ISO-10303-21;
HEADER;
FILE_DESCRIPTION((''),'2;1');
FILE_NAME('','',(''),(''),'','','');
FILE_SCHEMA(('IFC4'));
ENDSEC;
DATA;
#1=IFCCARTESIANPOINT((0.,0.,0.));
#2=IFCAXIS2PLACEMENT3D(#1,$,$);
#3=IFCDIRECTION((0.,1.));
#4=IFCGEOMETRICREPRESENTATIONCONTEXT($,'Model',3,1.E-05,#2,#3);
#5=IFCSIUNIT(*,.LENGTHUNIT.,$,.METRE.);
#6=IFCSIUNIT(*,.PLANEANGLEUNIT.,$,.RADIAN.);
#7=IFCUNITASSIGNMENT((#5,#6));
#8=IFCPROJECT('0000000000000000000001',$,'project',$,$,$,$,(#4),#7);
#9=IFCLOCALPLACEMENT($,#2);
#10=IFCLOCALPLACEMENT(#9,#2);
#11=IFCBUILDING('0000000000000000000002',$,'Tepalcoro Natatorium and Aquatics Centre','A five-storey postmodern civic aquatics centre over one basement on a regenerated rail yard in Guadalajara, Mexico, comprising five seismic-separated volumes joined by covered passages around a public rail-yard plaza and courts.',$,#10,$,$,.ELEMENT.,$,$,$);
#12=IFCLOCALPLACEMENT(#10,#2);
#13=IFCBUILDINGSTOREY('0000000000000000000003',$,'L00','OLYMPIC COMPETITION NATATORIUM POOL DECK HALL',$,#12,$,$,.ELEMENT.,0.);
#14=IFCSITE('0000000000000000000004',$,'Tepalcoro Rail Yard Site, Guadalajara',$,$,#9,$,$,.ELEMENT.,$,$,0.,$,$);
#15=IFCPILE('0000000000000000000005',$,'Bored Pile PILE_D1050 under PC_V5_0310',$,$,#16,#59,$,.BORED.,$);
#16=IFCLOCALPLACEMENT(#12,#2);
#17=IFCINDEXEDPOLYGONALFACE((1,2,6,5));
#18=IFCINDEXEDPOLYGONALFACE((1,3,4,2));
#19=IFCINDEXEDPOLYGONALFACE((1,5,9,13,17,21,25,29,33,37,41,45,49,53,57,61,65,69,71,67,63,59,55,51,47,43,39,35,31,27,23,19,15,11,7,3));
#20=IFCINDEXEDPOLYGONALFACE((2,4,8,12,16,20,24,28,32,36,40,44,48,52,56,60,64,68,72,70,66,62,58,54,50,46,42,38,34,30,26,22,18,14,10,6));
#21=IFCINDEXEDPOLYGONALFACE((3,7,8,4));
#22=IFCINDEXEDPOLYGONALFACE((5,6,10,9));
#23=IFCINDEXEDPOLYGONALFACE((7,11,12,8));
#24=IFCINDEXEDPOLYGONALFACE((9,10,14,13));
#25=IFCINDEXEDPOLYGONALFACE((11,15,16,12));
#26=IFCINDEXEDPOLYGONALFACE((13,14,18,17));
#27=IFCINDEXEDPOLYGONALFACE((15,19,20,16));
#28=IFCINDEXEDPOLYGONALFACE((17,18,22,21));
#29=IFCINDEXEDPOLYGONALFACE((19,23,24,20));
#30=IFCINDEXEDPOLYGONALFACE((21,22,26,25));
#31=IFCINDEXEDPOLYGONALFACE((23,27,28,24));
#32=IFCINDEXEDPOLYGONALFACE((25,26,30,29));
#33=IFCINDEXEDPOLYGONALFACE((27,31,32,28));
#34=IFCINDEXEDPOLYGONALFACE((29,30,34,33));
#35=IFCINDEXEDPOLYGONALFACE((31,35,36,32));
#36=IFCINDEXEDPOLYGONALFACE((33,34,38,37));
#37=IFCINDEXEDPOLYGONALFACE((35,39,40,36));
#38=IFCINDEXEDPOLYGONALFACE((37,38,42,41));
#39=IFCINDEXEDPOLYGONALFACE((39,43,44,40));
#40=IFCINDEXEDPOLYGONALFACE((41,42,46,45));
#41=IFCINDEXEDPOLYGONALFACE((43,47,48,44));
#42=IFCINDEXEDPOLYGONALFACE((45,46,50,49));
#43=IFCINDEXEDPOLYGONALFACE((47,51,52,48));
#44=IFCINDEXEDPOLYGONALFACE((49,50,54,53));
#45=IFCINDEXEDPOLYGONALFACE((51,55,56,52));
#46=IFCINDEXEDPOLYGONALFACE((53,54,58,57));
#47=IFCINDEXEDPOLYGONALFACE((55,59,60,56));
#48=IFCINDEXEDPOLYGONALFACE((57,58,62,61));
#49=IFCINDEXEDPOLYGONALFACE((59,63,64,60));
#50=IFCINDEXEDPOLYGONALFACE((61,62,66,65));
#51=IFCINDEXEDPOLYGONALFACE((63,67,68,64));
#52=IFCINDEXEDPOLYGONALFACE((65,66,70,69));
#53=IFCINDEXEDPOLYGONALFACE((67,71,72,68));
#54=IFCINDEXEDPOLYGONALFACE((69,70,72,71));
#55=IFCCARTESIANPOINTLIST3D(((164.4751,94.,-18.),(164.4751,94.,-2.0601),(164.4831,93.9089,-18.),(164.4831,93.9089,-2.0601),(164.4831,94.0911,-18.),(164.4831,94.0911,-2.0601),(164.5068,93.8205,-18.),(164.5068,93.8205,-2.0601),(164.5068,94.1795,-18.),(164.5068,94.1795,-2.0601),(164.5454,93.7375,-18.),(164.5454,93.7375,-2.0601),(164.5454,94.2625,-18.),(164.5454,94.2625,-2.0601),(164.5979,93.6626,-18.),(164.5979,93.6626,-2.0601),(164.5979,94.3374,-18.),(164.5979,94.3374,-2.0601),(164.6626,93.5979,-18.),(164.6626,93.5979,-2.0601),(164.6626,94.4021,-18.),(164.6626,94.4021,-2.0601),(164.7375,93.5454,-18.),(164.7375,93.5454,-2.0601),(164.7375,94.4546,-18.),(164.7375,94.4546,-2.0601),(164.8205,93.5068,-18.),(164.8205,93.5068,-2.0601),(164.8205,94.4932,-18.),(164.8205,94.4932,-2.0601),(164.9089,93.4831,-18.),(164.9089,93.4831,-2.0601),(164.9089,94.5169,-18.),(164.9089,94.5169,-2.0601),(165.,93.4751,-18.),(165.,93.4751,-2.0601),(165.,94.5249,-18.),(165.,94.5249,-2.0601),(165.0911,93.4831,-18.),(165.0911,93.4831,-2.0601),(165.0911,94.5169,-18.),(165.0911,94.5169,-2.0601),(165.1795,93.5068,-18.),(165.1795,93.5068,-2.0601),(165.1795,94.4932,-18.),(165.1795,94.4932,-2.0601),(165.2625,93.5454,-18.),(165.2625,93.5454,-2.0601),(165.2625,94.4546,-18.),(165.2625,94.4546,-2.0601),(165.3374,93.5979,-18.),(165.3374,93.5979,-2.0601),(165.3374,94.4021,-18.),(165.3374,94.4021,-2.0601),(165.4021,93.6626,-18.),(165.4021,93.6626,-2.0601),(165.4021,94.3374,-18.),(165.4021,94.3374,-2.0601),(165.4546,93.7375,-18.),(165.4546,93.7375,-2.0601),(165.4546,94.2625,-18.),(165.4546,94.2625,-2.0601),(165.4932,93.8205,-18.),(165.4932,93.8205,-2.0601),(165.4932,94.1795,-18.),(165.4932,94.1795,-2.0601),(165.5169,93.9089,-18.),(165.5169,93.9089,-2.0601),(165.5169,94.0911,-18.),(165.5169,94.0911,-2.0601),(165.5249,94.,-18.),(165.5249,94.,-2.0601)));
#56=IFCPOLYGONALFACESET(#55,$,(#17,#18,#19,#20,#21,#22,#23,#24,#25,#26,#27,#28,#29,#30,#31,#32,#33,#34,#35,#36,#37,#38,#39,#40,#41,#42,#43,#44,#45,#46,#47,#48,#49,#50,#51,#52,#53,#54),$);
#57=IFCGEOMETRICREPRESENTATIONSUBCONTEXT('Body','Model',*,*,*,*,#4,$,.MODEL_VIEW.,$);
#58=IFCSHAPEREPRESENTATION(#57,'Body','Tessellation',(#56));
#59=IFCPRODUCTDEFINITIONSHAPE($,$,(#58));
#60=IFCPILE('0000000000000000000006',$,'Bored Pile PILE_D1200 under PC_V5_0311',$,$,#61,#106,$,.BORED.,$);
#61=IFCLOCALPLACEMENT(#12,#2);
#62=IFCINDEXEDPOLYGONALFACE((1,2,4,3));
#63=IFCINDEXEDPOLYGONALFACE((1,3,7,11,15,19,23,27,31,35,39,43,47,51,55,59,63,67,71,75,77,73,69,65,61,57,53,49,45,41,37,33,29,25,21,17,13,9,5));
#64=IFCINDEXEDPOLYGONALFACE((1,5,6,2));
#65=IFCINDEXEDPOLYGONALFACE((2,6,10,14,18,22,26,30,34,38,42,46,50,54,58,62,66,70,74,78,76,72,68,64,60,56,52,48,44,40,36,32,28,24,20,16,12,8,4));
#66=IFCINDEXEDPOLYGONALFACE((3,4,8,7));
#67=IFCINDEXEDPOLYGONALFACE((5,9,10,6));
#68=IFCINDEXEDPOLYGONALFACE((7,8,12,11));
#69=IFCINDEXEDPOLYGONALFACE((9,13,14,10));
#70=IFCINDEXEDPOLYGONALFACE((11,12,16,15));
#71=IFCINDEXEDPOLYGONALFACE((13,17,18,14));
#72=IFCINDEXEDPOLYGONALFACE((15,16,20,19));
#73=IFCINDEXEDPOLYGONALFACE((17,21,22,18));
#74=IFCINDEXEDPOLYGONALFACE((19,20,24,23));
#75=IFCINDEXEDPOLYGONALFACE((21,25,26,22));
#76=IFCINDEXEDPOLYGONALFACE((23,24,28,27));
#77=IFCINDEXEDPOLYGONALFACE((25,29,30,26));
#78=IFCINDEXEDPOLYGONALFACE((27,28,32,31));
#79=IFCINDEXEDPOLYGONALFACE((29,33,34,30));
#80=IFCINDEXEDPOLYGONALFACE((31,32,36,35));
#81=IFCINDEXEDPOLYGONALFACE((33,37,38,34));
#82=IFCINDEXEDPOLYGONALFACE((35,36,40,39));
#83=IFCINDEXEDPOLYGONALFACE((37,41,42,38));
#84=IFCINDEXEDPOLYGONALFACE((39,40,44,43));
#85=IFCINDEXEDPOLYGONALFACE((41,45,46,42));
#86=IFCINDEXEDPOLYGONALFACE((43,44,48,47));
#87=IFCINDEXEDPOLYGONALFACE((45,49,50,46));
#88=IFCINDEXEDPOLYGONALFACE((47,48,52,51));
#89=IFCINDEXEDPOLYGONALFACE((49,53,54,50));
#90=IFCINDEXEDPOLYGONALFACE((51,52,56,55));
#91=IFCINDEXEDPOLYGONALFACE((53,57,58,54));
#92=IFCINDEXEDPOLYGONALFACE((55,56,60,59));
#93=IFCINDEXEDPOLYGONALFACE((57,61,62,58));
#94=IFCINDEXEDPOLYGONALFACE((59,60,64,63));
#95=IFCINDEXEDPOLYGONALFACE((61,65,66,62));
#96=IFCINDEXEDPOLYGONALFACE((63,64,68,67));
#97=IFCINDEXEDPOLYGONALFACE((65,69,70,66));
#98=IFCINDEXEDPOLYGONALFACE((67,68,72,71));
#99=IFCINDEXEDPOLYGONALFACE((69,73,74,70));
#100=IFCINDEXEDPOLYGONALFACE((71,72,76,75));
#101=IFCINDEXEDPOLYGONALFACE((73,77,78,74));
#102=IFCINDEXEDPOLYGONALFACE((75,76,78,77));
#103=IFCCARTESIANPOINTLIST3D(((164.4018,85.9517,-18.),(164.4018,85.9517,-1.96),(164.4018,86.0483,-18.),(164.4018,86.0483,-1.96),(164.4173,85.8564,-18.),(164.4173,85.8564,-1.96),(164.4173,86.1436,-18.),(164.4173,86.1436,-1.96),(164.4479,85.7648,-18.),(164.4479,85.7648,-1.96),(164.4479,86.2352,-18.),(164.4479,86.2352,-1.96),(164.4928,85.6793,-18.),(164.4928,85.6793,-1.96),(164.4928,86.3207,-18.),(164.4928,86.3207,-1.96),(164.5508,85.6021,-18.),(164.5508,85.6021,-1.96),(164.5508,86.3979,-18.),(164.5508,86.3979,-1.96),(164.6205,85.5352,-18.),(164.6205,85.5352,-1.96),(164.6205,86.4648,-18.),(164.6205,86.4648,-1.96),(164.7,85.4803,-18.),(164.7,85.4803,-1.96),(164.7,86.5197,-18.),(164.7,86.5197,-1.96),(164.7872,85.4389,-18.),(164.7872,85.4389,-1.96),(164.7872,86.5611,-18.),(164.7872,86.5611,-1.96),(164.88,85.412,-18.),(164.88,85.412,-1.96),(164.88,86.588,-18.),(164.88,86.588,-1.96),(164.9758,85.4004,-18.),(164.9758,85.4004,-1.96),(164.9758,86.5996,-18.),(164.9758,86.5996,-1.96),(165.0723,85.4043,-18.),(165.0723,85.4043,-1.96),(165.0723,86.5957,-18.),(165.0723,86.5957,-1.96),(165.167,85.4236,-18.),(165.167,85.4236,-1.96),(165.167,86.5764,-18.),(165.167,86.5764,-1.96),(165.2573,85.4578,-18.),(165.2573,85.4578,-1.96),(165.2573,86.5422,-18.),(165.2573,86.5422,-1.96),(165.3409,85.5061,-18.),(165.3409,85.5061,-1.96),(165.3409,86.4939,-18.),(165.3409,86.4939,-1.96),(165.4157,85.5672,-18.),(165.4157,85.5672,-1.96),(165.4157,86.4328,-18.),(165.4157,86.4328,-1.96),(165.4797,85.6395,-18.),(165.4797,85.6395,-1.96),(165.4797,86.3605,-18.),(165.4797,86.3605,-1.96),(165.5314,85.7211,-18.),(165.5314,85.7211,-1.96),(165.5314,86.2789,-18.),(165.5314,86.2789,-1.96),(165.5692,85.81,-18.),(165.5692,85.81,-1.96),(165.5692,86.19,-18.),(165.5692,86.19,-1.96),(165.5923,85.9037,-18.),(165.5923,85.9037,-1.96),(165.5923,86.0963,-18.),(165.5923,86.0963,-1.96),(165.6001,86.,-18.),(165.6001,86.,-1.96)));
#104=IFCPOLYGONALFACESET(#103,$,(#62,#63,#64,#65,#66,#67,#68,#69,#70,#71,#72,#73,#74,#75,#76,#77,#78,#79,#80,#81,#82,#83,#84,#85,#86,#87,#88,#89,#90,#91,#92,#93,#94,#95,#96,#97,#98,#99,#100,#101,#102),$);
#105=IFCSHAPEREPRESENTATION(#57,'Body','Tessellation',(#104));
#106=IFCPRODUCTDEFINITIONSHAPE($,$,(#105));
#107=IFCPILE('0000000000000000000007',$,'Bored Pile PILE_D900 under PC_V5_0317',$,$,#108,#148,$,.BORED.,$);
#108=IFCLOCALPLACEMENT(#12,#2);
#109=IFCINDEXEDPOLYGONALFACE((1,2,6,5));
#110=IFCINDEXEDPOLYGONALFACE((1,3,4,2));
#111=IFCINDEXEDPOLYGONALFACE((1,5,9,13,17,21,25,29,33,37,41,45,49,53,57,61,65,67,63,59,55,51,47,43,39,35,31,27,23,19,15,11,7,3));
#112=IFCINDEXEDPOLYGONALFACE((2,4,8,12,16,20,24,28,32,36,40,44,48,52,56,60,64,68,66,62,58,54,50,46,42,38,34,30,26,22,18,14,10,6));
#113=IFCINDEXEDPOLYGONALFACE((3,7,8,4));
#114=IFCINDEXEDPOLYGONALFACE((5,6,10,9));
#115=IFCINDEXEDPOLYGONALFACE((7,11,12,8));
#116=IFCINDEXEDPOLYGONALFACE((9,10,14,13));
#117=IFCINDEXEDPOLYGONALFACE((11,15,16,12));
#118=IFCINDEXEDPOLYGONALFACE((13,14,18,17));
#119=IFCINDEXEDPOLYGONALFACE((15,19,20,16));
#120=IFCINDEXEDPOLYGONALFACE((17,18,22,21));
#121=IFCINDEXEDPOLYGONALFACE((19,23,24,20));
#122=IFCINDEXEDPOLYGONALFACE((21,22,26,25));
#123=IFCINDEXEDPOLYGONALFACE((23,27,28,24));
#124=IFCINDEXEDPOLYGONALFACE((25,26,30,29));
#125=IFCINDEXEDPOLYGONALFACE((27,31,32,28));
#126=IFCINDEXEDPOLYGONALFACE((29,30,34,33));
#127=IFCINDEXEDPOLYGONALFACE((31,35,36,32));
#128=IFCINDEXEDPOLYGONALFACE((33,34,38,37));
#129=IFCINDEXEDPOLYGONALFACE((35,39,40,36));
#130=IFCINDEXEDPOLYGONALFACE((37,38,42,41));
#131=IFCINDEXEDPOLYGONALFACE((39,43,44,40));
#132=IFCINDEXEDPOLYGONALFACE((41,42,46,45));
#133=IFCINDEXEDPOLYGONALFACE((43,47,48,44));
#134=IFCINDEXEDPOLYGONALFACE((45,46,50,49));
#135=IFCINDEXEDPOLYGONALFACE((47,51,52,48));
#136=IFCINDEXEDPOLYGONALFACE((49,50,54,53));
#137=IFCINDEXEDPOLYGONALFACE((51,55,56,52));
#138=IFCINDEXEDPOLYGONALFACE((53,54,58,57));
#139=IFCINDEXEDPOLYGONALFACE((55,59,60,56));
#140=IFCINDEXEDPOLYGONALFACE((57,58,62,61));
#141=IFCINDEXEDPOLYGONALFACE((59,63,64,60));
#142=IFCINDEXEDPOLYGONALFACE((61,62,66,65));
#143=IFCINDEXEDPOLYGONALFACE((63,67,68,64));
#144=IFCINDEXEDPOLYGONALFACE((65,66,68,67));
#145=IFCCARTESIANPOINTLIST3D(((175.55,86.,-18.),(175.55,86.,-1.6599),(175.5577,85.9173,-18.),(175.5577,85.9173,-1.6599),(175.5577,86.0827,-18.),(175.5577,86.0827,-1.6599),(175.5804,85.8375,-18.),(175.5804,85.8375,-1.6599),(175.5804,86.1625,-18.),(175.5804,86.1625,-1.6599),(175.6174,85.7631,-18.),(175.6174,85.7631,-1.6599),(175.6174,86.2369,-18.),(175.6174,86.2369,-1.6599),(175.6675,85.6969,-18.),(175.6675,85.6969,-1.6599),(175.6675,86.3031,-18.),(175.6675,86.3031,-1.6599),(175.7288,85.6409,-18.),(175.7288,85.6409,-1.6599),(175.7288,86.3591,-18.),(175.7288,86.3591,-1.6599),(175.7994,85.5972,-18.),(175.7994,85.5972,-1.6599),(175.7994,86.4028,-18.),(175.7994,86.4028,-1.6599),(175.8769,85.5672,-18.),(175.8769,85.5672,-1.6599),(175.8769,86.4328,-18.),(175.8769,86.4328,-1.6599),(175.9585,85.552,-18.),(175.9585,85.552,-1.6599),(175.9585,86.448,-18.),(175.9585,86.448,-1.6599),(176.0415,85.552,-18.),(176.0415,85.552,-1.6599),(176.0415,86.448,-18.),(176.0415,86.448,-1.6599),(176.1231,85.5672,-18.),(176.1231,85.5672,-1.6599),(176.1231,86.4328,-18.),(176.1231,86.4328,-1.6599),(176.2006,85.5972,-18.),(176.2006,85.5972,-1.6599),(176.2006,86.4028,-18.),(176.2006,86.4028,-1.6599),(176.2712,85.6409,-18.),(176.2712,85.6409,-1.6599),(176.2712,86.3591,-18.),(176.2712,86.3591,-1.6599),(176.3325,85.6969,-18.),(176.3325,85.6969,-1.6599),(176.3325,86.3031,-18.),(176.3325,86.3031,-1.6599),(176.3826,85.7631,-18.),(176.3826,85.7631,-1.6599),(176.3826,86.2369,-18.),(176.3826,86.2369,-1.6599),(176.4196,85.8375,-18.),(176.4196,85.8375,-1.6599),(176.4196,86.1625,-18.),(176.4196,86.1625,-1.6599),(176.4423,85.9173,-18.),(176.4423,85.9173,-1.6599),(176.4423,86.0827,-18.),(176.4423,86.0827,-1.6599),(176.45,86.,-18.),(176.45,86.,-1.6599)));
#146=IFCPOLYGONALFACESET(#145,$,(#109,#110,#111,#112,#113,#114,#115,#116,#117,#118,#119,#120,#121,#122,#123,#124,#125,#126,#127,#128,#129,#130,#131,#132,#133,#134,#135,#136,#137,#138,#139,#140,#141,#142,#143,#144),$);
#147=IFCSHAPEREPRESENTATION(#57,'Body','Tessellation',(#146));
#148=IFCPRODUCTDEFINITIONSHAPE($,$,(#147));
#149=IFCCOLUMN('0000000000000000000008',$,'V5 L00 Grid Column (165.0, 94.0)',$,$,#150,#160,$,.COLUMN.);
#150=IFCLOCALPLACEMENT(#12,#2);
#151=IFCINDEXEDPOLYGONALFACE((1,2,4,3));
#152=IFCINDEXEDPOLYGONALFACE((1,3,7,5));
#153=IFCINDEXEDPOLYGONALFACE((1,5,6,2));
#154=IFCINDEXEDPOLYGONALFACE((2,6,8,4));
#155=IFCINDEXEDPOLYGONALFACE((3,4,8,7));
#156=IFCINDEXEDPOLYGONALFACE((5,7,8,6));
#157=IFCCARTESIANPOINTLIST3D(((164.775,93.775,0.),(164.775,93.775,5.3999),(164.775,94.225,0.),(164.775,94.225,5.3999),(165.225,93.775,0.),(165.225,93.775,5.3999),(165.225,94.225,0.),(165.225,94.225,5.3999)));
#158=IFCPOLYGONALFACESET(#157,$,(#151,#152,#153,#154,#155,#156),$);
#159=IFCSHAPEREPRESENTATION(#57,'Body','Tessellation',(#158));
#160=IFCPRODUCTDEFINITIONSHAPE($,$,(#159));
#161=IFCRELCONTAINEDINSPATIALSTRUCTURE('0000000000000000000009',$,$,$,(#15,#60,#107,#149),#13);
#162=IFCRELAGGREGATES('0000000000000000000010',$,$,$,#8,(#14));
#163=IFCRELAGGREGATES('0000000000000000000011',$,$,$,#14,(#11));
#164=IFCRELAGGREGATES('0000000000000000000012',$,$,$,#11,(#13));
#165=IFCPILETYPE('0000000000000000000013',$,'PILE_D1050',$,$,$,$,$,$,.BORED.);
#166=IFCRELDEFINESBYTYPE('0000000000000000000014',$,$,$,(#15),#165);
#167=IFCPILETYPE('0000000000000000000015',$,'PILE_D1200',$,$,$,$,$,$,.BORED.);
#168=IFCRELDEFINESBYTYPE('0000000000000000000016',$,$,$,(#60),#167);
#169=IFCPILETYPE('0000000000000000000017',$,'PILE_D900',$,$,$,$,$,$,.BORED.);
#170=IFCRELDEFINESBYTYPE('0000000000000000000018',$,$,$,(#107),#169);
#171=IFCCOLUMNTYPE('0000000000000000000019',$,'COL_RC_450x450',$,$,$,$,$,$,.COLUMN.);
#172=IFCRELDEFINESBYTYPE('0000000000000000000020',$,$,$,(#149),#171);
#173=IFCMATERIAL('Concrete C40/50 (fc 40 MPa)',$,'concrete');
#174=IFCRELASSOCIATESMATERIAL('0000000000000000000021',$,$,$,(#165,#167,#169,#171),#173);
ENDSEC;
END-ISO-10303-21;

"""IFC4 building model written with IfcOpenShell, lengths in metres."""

from ifc_helpers import new_model, si_unit, direction, frame, origin, origin_2d, place, context, subcontext, project, spatial, rectangle, circle, extrude, material, material_profile, profile_set, type_object, element, save


model = new_model("IFC4")

# Units and contexts
model_context = context("Model", 3, precision=1e-05, world=origin(), true_north=direction((0.0, 1.0)))
body_context = subcontext(model_context, "Body", "Model", "MODEL_VIEW")
ifc_project = project(units=[si_unit("LENGTHUNIT", "METRE"), si_unit("PLANEANGLEUNIT", "RADIAN")], contexts=[model_context])

# Site, building, storey
site_placement = place(None, origin())
site = spatial("IfcSite", under=ifc_project, at=site_placement, Name="Tepalcoro Rail Yard Site, Guadalajara", CompositionType="ELEMENT", RefElevation=0.0)
building_placement = place(site_placement, origin())
building = spatial("IfcBuilding", under=site, at=building_placement, Name="Tepalcoro Natatorium and Aquatics Centre", Description="A five-storey postmodern civic aquatics centre over one basement on a regenerated rail yard in Guadalajara, Mexico, comprising five seismic-separated volumes joined by covered passages around a public rail-yard plaza and courts.", CompositionType="ELEMENT")
storey_placement = place(building_placement, origin())
storey = spatial("IfcBuildingStorey", under=building, at=storey_placement, Name="L00", Description="OLYMPIC COMPETITION NATATORIUM POOL DECK HALL", CompositionType="ELEMENT", Elevation=0.0)

# Piles
ifc_material_1 = material(Name="Concrete C40/50 (fc 40 MPa)", Category="concrete")
ifc_material_profile_1 = material_profile(ifc_material_1, circle(Radius=0.5249, at=origin_2d()), Name="PILE_D1050")
ifc_profile_set_1 = profile_set([ifc_material_profile_1], Name="Concrete C40/50 (fc 40 MPa)")
pile_type_1 = type_object("IfcPileType", Name="PILE_D1050", PredefinedType="BORED", material=ifc_profile_set_1)
pile_1_placement = place(storey_placement, frame((165.0, 94.0, -2.0601), z_axis=(0.0, 0.0, -1.0), x_axis=(1.0, 0.0, 0.0)))
element("IfcPile", 1, at=pile_1_placement, inside=storey, type_object=pile_type_1, Name="Bored Pile PILE_D1050 under PC_V5_0310", PredefinedType="BORED", context=body_context, shape_type="SweptSolid", body=[
    extrude(circle(Radius=0.5249, at=origin_2d()), origin(), (0.0, 0.0, 1.0), 15.9399),
])
ifc_material_profile_2 = material_profile(ifc_material_1, circle(Radius=0.6001, at=origin_2d()), Name="PILE_D1200")
ifc_profile_set_2 = profile_set([ifc_material_profile_2], Name="Concrete C40/50 (fc 40 MPa)")
pile_type_2 = type_object("IfcPileType", Name="PILE_D1200", PredefinedType="BORED", material=ifc_profile_set_2)
pile_2_placement = place(storey_placement, frame((165.0, 86.0, -1.96), z_axis=(0.0, 0.0, -1.0), x_axis=(1.0, 0.0, 0.0)))
element("IfcPile", 2, at=pile_2_placement, inside=storey, type_object=pile_type_2, Name="Bored Pile PILE_D1200 under PC_V5_0311", PredefinedType="BORED", context=body_context, shape_type="SweptSolid", body=[
    extrude(circle(Radius=0.6001, at=origin_2d()), origin(), (0.0, 0.0, 1.0), 16.04),
])
ifc_material_profile_3 = material_profile(ifc_material_1, circle(Radius=0.45, at=origin_2d()), Name="PILE_D900")
ifc_profile_set_3 = profile_set([ifc_material_profile_3], Name="Concrete C40/50 (fc 40 MPa)")
pile_type_3 = type_object("IfcPileType", Name="PILE_D900", PredefinedType="BORED", material=ifc_profile_set_3)
pile_3_placement = place(storey_placement, frame((176.0, 86.0, -1.6599), z_axis=(0.0, 0.0, -1.0), x_axis=(1.0, 0.0, 0.0)))
element("IfcPile", 3, at=pile_3_placement, inside=storey, type_object=pile_type_3, Name="Bored Pile PILE_D900 under PC_V5_0317", PredefinedType="BORED", context=body_context, shape_type="SweptSolid", body=[
    extrude(circle(Radius=0.45, at=origin_2d()), origin(), (0.0, 0.0, 1.0), 16.3401),
])

# Column
ifc_material_profile_4 = material_profile(ifc_material_1, rectangle(XDim=0.45, YDim=0.45, at=origin_2d()), Name="RC450x450")
ifc_profile_set_4 = profile_set([ifc_material_profile_4], Name="Concrete C40/50 (fc 40 MPa)")
column_type_1 = type_object("IfcColumnType", Name="COL_RC_450x450", PredefinedType="COLUMN", material=ifc_profile_set_4)
column_1_placement = place(storey_placement, frame((165.0, 94.0, 0.0), z_axis=(0.0, 0.0, 1.0), x_axis=(1.0, 0.0, 0.0)))
element("IfcColumn", 4, at=column_1_placement, inside=storey, type_object=column_type_1, Name="V5 L00 Grid Column (165.0, 94.0)", PredefinedType="COLUMN", context=body_context, shape_type="SweptSolid", body=[
    extrude(rectangle(XDim=0.45, YDim=0.45, at=origin_2d()), origin(), (0.0, 0.0, 1.0), 5.3999),
])

save(model, "model.ifc")
